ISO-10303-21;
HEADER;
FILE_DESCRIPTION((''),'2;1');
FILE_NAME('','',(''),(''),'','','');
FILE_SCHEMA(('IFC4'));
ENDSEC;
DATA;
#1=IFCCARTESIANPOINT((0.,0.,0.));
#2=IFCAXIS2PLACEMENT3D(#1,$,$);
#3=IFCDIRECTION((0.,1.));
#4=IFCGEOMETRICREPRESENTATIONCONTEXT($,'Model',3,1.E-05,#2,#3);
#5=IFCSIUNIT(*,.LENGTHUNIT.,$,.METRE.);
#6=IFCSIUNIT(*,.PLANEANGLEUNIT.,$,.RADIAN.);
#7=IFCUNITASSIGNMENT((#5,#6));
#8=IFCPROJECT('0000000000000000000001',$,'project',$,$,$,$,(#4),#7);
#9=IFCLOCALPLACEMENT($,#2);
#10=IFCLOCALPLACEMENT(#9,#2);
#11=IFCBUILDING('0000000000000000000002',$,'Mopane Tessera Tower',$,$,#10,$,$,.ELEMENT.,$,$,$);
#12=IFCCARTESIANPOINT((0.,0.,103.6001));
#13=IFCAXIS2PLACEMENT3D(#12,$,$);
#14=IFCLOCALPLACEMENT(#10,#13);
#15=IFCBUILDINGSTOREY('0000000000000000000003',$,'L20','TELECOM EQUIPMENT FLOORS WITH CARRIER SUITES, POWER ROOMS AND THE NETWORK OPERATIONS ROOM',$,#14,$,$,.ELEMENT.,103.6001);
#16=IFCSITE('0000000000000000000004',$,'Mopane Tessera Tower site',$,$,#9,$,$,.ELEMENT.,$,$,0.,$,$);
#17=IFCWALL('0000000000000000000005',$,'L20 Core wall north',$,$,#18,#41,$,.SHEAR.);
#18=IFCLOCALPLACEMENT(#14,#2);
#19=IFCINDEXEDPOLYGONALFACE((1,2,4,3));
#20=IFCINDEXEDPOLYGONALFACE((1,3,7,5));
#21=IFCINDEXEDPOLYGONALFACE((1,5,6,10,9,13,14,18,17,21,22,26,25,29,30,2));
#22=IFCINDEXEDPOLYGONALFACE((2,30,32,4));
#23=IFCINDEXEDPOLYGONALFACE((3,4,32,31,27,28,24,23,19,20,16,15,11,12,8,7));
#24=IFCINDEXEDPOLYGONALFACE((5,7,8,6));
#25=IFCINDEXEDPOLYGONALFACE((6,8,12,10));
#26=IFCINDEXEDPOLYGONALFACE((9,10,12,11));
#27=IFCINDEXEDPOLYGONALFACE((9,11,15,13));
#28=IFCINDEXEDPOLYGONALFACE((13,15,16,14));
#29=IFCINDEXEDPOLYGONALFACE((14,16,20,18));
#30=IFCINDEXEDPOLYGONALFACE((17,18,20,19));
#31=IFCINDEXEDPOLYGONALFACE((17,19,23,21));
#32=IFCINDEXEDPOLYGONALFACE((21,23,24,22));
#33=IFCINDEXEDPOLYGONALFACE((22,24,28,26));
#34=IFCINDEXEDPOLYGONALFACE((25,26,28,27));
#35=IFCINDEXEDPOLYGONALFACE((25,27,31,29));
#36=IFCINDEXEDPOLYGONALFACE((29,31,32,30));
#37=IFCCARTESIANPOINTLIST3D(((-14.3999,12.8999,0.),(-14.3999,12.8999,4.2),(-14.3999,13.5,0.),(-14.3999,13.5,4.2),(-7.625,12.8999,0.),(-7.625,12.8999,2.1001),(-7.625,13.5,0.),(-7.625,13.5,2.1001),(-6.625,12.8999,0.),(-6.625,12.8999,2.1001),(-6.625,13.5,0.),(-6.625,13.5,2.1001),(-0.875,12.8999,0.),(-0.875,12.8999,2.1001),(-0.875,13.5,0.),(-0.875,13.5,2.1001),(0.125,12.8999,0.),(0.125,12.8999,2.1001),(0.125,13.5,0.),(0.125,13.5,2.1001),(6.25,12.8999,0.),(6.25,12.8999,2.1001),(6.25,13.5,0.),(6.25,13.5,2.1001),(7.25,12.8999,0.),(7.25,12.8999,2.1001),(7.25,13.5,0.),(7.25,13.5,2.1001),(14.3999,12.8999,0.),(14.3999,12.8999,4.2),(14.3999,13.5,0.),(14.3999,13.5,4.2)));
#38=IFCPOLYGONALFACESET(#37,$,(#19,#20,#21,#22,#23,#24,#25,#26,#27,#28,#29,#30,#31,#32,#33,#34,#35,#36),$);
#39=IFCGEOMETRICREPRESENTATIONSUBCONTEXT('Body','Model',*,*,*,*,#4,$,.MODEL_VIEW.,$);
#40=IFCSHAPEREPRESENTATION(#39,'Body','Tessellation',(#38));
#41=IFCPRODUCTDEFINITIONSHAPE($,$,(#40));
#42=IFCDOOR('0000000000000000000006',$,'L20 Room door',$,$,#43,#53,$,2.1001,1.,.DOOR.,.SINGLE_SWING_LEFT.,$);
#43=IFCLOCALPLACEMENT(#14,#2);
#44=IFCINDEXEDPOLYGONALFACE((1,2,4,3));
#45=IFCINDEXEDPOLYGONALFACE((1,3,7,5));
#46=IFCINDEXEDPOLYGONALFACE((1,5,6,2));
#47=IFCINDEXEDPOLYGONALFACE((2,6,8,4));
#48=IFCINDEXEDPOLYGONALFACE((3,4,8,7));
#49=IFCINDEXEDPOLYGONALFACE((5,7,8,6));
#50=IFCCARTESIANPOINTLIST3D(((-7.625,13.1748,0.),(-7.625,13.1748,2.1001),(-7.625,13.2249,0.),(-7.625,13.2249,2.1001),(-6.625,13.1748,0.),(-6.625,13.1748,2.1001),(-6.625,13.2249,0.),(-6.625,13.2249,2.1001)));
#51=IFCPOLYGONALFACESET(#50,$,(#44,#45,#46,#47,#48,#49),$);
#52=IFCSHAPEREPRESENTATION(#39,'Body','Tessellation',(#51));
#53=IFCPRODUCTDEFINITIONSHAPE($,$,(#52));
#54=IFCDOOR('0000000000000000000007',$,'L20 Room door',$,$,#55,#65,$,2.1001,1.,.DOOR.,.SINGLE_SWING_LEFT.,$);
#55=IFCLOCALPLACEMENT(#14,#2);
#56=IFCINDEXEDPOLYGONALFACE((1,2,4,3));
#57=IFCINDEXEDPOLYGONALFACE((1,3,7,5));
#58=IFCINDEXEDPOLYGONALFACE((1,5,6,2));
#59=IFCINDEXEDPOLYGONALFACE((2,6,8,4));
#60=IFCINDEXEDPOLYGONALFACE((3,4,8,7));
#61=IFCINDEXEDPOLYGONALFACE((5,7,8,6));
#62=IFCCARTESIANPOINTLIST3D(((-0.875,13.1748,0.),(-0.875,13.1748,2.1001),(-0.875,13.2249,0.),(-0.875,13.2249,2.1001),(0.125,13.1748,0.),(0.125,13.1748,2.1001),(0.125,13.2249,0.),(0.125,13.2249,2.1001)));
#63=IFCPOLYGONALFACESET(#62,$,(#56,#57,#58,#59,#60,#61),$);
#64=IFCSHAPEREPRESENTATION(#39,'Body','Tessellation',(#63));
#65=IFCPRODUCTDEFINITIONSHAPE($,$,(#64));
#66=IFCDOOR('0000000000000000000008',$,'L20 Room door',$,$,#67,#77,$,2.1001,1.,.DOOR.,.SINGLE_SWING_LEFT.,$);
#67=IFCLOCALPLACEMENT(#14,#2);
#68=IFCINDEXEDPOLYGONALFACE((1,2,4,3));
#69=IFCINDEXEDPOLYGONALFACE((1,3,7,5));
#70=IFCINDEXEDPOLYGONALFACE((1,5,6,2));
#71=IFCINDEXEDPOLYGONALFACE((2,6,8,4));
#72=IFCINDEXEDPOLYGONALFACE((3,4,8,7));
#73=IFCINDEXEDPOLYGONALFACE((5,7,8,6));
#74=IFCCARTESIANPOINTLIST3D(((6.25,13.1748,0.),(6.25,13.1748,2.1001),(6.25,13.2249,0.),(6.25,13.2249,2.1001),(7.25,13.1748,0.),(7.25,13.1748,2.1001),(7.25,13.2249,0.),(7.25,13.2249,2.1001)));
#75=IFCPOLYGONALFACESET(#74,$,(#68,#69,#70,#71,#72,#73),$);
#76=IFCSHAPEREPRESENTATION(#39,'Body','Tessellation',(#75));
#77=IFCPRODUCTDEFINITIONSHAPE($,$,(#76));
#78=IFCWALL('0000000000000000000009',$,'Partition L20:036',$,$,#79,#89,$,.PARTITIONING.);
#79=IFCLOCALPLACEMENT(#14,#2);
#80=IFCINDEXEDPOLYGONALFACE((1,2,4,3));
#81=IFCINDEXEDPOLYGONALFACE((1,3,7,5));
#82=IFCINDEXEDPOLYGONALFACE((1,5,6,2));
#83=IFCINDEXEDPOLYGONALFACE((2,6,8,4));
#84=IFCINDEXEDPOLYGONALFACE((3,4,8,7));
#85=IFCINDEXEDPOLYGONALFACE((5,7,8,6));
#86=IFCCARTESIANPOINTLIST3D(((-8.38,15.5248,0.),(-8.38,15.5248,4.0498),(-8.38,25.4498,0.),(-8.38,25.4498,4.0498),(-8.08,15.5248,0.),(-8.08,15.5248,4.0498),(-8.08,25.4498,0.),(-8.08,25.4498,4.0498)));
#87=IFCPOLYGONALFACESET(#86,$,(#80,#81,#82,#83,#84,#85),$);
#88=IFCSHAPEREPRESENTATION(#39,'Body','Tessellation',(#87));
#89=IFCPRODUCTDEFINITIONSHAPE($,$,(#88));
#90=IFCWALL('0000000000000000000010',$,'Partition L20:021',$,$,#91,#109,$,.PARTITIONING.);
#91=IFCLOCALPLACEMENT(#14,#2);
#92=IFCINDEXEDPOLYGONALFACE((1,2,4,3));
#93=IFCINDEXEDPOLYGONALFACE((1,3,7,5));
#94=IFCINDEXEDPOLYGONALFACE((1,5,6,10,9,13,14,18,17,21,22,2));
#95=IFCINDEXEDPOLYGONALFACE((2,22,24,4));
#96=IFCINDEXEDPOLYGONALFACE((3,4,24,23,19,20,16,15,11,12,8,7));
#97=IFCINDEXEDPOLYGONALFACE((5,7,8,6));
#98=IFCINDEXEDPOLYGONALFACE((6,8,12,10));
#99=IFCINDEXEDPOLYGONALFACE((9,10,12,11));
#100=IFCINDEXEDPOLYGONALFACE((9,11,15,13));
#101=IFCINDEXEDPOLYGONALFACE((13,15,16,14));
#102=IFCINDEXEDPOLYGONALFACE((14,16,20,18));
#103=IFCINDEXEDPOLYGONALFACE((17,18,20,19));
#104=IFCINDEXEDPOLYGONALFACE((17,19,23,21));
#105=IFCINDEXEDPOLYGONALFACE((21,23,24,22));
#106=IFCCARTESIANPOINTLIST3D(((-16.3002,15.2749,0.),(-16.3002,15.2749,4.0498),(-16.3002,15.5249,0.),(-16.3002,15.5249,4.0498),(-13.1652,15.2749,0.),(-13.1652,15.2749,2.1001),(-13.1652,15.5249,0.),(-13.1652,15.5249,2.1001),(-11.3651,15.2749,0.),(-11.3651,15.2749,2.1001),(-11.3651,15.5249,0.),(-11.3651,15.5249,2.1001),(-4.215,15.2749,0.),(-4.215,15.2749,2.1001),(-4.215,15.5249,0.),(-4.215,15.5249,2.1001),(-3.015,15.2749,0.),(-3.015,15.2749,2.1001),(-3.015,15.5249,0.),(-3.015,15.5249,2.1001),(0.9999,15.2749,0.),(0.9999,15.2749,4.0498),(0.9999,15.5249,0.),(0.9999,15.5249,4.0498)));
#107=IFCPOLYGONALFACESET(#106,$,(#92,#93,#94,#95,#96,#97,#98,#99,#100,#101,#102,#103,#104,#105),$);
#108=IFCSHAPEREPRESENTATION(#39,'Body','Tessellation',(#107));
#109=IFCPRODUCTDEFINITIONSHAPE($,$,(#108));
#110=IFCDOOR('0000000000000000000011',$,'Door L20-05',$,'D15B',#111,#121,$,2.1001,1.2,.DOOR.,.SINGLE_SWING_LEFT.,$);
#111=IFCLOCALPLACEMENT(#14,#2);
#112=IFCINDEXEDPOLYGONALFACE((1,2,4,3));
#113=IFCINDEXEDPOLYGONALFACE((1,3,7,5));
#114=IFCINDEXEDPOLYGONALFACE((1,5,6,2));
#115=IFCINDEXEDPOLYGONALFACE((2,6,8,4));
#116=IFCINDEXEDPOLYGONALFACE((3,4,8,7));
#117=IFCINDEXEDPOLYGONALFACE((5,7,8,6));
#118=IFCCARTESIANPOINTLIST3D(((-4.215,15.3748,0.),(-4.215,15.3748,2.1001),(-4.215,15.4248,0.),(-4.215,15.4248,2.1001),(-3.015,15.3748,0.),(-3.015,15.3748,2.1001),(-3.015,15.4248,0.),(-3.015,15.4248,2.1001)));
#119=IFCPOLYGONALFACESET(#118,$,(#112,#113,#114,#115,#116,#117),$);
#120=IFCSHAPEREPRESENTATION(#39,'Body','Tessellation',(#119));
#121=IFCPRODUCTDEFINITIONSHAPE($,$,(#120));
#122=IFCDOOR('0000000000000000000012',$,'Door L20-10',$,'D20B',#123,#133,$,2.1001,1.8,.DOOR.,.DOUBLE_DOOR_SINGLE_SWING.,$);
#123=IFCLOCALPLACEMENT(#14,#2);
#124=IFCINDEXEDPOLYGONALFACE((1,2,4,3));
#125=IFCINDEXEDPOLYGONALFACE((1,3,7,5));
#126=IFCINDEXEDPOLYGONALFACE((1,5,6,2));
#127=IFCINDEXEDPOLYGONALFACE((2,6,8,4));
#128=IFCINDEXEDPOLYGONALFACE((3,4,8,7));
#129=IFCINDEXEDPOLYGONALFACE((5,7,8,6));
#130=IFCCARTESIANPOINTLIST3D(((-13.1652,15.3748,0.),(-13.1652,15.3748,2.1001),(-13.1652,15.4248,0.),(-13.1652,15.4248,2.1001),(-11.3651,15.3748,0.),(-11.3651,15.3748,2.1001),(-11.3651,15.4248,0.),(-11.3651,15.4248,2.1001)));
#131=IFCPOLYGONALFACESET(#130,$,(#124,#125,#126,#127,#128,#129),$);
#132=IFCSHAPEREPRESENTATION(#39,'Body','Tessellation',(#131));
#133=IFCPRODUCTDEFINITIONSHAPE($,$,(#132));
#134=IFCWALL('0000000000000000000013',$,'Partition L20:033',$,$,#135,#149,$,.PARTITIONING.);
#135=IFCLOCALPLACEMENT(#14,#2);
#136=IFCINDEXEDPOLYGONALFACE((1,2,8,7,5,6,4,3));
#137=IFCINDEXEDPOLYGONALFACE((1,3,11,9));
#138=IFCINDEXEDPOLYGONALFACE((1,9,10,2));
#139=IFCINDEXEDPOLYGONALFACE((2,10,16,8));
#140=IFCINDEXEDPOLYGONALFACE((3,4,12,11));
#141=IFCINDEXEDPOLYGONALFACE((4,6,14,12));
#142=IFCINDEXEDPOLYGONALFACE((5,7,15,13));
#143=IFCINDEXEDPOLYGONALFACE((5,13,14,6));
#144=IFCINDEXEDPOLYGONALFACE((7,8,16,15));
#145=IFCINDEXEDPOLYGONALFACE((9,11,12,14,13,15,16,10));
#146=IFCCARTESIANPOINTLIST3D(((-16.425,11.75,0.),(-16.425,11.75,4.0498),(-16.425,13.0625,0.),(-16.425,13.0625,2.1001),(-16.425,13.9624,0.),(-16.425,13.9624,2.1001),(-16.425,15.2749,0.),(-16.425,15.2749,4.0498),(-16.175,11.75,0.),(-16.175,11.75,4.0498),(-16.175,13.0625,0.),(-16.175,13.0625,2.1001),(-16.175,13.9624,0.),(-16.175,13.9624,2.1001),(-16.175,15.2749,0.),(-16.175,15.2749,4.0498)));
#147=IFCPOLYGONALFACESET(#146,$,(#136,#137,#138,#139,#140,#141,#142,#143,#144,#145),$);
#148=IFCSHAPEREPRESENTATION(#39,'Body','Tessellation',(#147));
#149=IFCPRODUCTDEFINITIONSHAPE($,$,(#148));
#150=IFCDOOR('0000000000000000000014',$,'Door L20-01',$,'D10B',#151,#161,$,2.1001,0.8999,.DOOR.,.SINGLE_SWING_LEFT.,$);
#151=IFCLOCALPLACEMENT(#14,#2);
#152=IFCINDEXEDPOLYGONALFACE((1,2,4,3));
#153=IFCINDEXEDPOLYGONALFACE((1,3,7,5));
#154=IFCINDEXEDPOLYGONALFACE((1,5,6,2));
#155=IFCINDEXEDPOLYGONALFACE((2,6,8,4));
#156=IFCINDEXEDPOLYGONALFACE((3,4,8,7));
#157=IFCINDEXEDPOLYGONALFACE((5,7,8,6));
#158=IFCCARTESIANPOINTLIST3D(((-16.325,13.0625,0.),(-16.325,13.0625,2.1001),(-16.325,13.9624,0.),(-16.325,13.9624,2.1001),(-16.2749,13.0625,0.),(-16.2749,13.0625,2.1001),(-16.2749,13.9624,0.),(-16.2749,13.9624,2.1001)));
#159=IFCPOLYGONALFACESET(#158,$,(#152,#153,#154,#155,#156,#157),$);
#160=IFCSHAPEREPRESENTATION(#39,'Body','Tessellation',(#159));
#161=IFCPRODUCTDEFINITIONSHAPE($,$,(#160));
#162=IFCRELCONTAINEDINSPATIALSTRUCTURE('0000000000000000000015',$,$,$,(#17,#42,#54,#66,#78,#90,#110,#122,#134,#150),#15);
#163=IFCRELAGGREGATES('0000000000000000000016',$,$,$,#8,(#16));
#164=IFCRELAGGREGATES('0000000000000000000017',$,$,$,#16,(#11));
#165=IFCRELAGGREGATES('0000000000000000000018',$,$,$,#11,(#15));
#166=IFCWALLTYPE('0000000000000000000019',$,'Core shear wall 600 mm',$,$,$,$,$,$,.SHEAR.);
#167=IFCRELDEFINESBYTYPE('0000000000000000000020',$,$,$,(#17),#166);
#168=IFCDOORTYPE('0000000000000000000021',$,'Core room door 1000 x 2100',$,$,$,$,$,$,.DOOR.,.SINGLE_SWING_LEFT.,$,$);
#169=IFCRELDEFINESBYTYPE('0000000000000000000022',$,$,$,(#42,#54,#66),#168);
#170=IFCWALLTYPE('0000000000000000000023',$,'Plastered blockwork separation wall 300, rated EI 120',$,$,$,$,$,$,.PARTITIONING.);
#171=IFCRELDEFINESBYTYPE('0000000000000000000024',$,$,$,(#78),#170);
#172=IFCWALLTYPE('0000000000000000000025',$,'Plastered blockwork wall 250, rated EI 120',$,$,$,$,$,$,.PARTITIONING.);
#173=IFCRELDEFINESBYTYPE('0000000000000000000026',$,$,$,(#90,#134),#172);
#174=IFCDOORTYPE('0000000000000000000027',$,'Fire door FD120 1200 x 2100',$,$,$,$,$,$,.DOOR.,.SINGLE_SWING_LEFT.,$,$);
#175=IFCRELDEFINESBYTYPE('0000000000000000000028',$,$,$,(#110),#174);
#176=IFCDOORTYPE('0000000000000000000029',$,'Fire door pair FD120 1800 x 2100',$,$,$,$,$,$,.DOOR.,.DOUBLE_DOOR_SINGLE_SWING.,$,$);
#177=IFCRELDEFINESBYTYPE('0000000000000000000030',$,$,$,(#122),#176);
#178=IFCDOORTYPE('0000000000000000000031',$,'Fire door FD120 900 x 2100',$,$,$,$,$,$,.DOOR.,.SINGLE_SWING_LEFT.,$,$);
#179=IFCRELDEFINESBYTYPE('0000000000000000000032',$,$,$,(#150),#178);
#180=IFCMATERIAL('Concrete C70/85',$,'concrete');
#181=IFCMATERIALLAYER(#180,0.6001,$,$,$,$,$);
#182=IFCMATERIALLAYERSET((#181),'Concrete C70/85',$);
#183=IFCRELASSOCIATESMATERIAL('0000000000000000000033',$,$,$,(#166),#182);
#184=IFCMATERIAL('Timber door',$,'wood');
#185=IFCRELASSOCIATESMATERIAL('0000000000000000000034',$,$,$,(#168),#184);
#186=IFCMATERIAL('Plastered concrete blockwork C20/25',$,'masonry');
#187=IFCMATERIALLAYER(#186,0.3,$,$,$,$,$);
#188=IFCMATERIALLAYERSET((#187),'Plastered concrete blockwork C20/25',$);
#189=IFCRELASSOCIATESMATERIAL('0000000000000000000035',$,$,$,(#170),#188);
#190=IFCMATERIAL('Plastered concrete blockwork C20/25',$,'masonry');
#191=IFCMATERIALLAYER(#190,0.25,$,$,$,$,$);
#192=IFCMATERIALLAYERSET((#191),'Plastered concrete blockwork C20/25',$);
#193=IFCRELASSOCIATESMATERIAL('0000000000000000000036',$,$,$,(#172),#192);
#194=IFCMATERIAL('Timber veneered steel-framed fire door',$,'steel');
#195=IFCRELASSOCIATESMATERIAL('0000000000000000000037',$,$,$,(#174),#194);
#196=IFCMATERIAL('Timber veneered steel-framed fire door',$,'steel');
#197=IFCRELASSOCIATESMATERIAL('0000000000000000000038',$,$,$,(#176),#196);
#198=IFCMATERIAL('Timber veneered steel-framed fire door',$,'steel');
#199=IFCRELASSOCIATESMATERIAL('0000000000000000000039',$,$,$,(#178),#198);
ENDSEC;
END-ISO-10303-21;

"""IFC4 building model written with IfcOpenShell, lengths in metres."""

from ifc_helpers import new_model, si_unit, direction, frame, frame_2d, origin, place, context, subcontext, project, spatial, rectangle, extrude, material, layer, layer_set, type_object, element, fill, save


model = new_model("IFC4")

# Units and contexts
model_context = context("Model", 3, precision=1e-05, world=origin(), true_north=direction((0.0, 1.0)))
body_context = subcontext(model_context, "Body", "Model", "MODEL_VIEW")
ifc_project = project(units=[si_unit("LENGTHUNIT", "METRE"), si_unit("PLANEANGLEUNIT", "RADIAN")], contexts=[model_context])

# Site, building, storey
site_placement = place(None, origin())
site = spatial("IfcSite", under=ifc_project, at=site_placement, Name="Mopane Tessera Tower site", CompositionType="ELEMENT", RefElevation=0.0)
building_placement = place(site_placement, origin())
building = spatial("IfcBuilding", under=site, at=building_placement, Name="Mopane Tessera Tower", CompositionType="ELEMENT")
storey_placement = place(building_placement, frame((0.0, 0.0, 103.6001)))
storey = spatial("IfcBuildingStorey", under=building, at=storey_placement, Name="L20", Description="TELECOM EQUIPMENT FLOORS WITH CARRIER SUITES, POWER ROOMS AND THE NETWORK OPERATIONS ROOM", CompositionType="ELEMENT", Elevation=103.6001)

# Wall, openings, doors
ifc_material_1 = material(Name="Concrete C70/85", Category="concrete")
ifc_layer_1 = layer(ifc_material_1, 0.6001)
ifc_layer_set_1 = layer_set([ifc_layer_1], Name="Concrete C70/85")
wall_type_1 = type_object("IfcWallType", Name="Core shear wall 600 mm", PredefinedType="SHEAR", material=ifc_layer_set_1)
wall_1_placement = place(storey_placement, frame((-14.3999, 13.2, 0.0), z_axis=(0.0, 0.0, 1.0), x_axis=(1.0, 0.0, 0.0)))
wall_1 = element("IfcWall", 1, at=wall_1_placement, inside=storey, type_object=wall_type_1, Name="L20 Core wall north", PredefinedType="SHEAR", context=body_context, shape_type="SweptSolid", body=[
    extrude(rectangle(XDim=28.7998, YDim=0.6001, at=frame_2d((14.3999, 0.0))), origin(), (0.0, 0.0, 1.0), 4.2),
])
opening_1_placement = place(wall_1_placement, frame((6.7749, 0.0, 0.0)))
opening_1 = element("IfcOpeningElement", 2, at=opening_1_placement, cuts=wall_1, PredefinedType="OPENING", context=body_context, shape_type="SweptSolid", body=[
    extrude(rectangle(XDim=1.0, YDim=2.1001, at=frame_2d((0.5, 1.05))), frame((0.0, 0.312, 0.0), z_axis=(0.0, -1.0, 0.0), x_axis=(1.0, 0.0, 0.0)), (0.0, 0.0, 1.0), 0.624),
])
opening_2_placement = place(wall_1_placement, frame((13.5249, 0.0, 0.0)))
opening_2 = element("IfcOpeningElement", 3, at=opening_2_placement, cuts=wall_1, PredefinedType="OPENING", context=body_context, shape_type="SweptSolid", body=[
    extrude(rectangle(XDim=1.0, YDim=2.1001, at=frame_2d((0.5, 1.05))), frame((0.0, 0.312, 0.0), z_axis=(0.0, -1.0, 0.0), x_axis=(1.0, 0.0, 0.0)), (0.0, 0.0, 1.0), 0.624),
])
opening_3_placement = place(wall_1_placement, frame((20.6499, 0.0, 0.0)))
opening_3 = element("IfcOpeningElement", 4, at=opening_3_placement, cuts=wall_1, PredefinedType="OPENING", context=body_context, shape_type="SweptSolid", body=[
    extrude(rectangle(XDim=1.0, YDim=2.1001, at=frame_2d((0.5, 1.05))), frame((0.0, 0.312, 0.0), z_axis=(0.0, -1.0, 0.0), x_axis=(1.0, 0.0, 0.0)), (0.0, 0.0, 1.0), 0.624),
])
ifc_material_2 = material(Name="Timber door", Category="wood")
door_type_1 = type_object("IfcDoorType", Name="Core room door 1000 x 2100", OperationType="SINGLE_SWING_LEFT", PredefinedType="DOOR", material=ifc_material_2)
door_1_placement = place(opening_1_placement, origin())
door_1 = element("IfcDoor", 5, at=door_1_placement, inside=storey, type_object=door_type_1, Name="L20 Room door", OperationType="SINGLE_SWING_LEFT", OverallHeight=2.1001, OverallWidth=1.0, PredefinedType="DOOR", context=body_context, shape_type="SweptSolid", body=[
    extrude(rectangle(XDim=1.0, YDim=2.1001, at=frame_2d((0.5, 1.05))), frame((0.0, 0.0249, 0.0), z_axis=(0.0, -1.0, 0.0), x_axis=(1.0, 0.0, 0.0)), (0.0, 0.0, 1.0), 0.05),
])
fill(opening_1, door_1)
door_2_placement = place(opening_2_placement, origin())
door_2 = element("IfcDoor", 6, at=door_2_placement, inside=storey, type_object=door_type_1, Name="L20 Room door", OperationType="SINGLE_SWING_LEFT", OverallHeight=2.1001, OverallWidth=1.0, PredefinedType="DOOR", context=body_context, shape_type="SweptSolid", body=[
    extrude(rectangle(XDim=1.0, YDim=2.1001, at=frame_2d((0.5, 1.05))), frame((0.0, 0.0249, 0.0), z_axis=(0.0, -1.0, 0.0), x_axis=(1.0, 0.0, 0.0)), (0.0, 0.0, 1.0), 0.05),
])
fill(opening_2, door_2)
door_3_placement = place(opening_3_placement, origin())
door_3 = element("IfcDoor", 7, at=door_3_placement, inside=storey, type_object=door_type_1, Name="L20 Room door", OperationType="SINGLE_SWING_LEFT", OverallHeight=2.1001, OverallWidth=1.0, PredefinedType="DOOR", context=body_context, shape_type="SweptSolid", body=[
    extrude(rectangle(XDim=1.0, YDim=2.1001, at=frame_2d((0.5, 1.05))), frame((0.0, 0.0249, 0.0), z_axis=(0.0, -1.0, 0.0), x_axis=(1.0, 0.0, 0.0)), (0.0, 0.0, 1.0), 0.05),
])
fill(opening_3, door_3)

# Wall
ifc_material_3 = material(Name="Plastered concrete blockwork C20/25", Category="masonry")
ifc_layer_2 = layer(ifc_material_3, 0.3)
ifc_layer_set_2 = layer_set([ifc_layer_2], Name="Plastered concrete blockwork C20/25")
wall_type_2 = type_object("IfcWallType", Name="Plastered blockwork separation wall 300, rated EI 120", PredefinedType="PARTITIONING", material=ifc_layer_set_2)
wall_2_placement = place(storey_placement, frame((-8.23, 15.5249, 0.0), z_axis=(0.0, 0.0, 1.0), x_axis=(0.0, 1.0, 0.0)))
element("IfcWall", 8, at=wall_2_placement, inside=storey, type_object=wall_type_2, Name="Partition L20:036", PredefinedType="PARTITIONING", context=body_context, shape_type="SweptSolid", body=[
    extrude(rectangle(XDim=9.925, YDim=0.3, at=frame_2d((4.9624, 0.0))), origin(), (0.0, 0.0, 1.0), 4.0498),
])

# Wall, openings, doors
ifc_material_4 = material(Name="Plastered concrete blockwork C20/25", Category="masonry")
ifc_layer_3 = layer(ifc_material_4, 0.25)
ifc_layer_set_3 = layer_set([ifc_layer_3], Name="Plastered concrete blockwork C20/25")
wall_type_3 = type_object("IfcWallType", Name="Plastered blockwork wall 250, rated EI 120", PredefinedType="PARTITIONING", material=ifc_layer_set_3)
wall_3_placement = place(storey_placement, frame((-16.3, 15.3999, 0.0), z_axis=(0.0, 0.0, 1.0), x_axis=(1.0, 0.0, 0.0)))
wall_3 = element("IfcWall", 9, at=wall_3_placement, inside=storey, type_object=wall_type_3, Name="Partition L20:021", PredefinedType="PARTITIONING", context=body_context, shape_type="SweptSolid", body=[
    extrude(rectangle(XDim=17.3, YDim=0.25, at=frame_2d((8.6499, 0.0))), origin(), (0.0, 0.0, 1.0), 4.0498),
])
opening_4_placement = place(wall_3_placement, frame((12.085, 0.0, 0.0)))
opening_4 = element("IfcOpeningElement", 10, at=opening_4_placement, cuts=wall_3, PredefinedType="OPENING", context=body_context, shape_type="SweptSolid", body=[
    extrude(rectangle(XDim=1.2, YDim=2.1001, at=frame_2d((0.6001, 1.05))), frame((0.0, 0.137, 0.0), z_axis=(0.0, -1.0, 0.0), x_axis=(1.0, 0.0, 0.0)), (0.0, 0.0, 1.0), 0.2739),
])
opening_5_placement = place(wall_3_placement, frame((3.135, 0.0, 0.0)))
opening_5 = element("IfcOpeningElement", 11, at=opening_5_placement, cuts=wall_3, PredefinedType="OPENING", context=body_context, shape_type="SweptSolid", body=[
    extrude(rectangle(XDim=1.8, YDim=2.1001, at=frame_2d((0.8999, 1.05))), frame((0.0, 0.137, 0.0), z_axis=(0.0, -1.0, 0.0), x_axis=(1.0, 0.0, 0.0)), (0.0, 0.0, 1.0), 0.2739),
])
ifc_material_5 = material(Name="Timber veneered steel-framed fire door", Category="steel")
door_type_2 = type_object("IfcDoorType", Name="Fire door FD120 1200 x 2100", OperationType="SINGLE_SWING_LEFT", PredefinedType="DOOR", material=ifc_material_5)
door_4_placement = place(opening_4_placement, origin())
door_4 = element("IfcDoor", 12, at=door_4_placement, inside=storey, type_object=door_type_2, Name="Door L20-05", ObjectType="D15B", OperationType="SINGLE_SWING_LEFT", OverallHeight=2.1001, OverallWidth=1.2, PredefinedType="DOOR", context=body_context, shape_type="SweptSolid", body=[
    extrude(rectangle(XDim=1.2, YDim=2.1001, at=frame_2d((0.6001, 1.05))), frame((0.0, 0.0249, 0.0), z_axis=(0.0, -1.0, 0.0), x_axis=(1.0, 0.0, 0.0)), (0.0, 0.0, 1.0), 0.05),
])
fill(opening_4, door_4)
ifc_material_6 = material(Name="Timber veneered steel-framed fire door", Category="steel")
door_type_3 = type_object("IfcDoorType", Name="Fire door pair FD120 1800 x 2100", OperationType="DOUBLE_DOOR_SINGLE_SWING", PredefinedType="DOOR", material=ifc_material_6)
door_5_placement = place(opening_5_placement, origin())
door_5 = element("IfcDoor", 13, at=door_5_placement, inside=storey, type_object=door_type_3, Name="Door L20-10", ObjectType="D20B", OperationType="DOUBLE_DOOR_SINGLE_SWING", OverallHeight=2.1001, OverallWidth=1.8, PredefinedType="DOOR", context=body_context, shape_type="SweptSolid", body=[
    extrude(rectangle(XDim=1.8, YDim=2.1001, at=frame_2d((0.8999, 1.05))), frame((0.0, 0.0249, 0.0), z_axis=(0.0, -1.0, 0.0), x_axis=(1.0, 0.0, 0.0)), (0.0, 0.0, 1.0), 0.05),
])
fill(opening_5, door_5)

# Wall, opening, door
wall_4_placement = place(storey_placement, frame((-16.3, 11.75, 0.0), z_axis=(0.0, 0.0, 1.0), x_axis=(0.0, 1.0, 0.0)))
wall_4 = element("IfcWall", 14, at=wall_4_placement, inside=storey, type_object=wall_type_3, Name="Partition L20:033", PredefinedType="PARTITIONING", context=body_context, shape_type="SweptSolid", body=[
    extrude(rectangle(XDim=3.5249, YDim=0.25, at=frame_2d((1.7625, 0.0))), origin(), (0.0, 0.0, 1.0), 4.0498),
])
opening_6_placement = place(wall_4_placement, frame((1.3125, 0.0, 0.0)))
opening_6 = element("IfcOpeningElement", 15, at=opening_6_placement, cuts=wall_4, PredefinedType="OPENING", context=body_context, shape_type="SweptSolid", body=[
    extrude(rectangle(XDim=0.8999, YDim=2.1001, at=frame_2d((0.45, 1.05))), frame((0.0, 0.137, 0.0), z_axis=(0.0, -1.0, 0.0), x_axis=(1.0, 0.0, 0.0)), (0.0, 0.0, 1.0), 0.2739),
])
ifc_material_7 = material(Name="Timber veneered steel-framed fire door", Category="steel")
door_type_4 = type_object("IfcDoorType", Name="Fire door FD120 900 x 2100", OperationType="SINGLE_SWING_LEFT", PredefinedType="DOOR", material=ifc_material_7)
door_6_placement = place(opening_6_placement, origin())
door_6 = element("IfcDoor", 16, at=door_6_placement, inside=storey, type_object=door_type_4, Name="Door L20-01", ObjectType="D10B", OperationType="SINGLE_SWING_LEFT", OverallHeight=2.1001, OverallWidth=0.8999, PredefinedType="DOOR", context=body_context, shape_type="SweptSolid", body=[
    extrude(rectangle(XDim=0.8999, YDim=2.1001, at=frame_2d((0.45, 1.05))), frame((0.0, 0.0249, 0.0), z_axis=(0.0, -1.0, 0.0), x_axis=(1.0, 0.0, 0.0)), (0.0, 0.0, 1.0), 0.05),
])
fill(opening_6, door_6)

save(model, "model.ifc")
